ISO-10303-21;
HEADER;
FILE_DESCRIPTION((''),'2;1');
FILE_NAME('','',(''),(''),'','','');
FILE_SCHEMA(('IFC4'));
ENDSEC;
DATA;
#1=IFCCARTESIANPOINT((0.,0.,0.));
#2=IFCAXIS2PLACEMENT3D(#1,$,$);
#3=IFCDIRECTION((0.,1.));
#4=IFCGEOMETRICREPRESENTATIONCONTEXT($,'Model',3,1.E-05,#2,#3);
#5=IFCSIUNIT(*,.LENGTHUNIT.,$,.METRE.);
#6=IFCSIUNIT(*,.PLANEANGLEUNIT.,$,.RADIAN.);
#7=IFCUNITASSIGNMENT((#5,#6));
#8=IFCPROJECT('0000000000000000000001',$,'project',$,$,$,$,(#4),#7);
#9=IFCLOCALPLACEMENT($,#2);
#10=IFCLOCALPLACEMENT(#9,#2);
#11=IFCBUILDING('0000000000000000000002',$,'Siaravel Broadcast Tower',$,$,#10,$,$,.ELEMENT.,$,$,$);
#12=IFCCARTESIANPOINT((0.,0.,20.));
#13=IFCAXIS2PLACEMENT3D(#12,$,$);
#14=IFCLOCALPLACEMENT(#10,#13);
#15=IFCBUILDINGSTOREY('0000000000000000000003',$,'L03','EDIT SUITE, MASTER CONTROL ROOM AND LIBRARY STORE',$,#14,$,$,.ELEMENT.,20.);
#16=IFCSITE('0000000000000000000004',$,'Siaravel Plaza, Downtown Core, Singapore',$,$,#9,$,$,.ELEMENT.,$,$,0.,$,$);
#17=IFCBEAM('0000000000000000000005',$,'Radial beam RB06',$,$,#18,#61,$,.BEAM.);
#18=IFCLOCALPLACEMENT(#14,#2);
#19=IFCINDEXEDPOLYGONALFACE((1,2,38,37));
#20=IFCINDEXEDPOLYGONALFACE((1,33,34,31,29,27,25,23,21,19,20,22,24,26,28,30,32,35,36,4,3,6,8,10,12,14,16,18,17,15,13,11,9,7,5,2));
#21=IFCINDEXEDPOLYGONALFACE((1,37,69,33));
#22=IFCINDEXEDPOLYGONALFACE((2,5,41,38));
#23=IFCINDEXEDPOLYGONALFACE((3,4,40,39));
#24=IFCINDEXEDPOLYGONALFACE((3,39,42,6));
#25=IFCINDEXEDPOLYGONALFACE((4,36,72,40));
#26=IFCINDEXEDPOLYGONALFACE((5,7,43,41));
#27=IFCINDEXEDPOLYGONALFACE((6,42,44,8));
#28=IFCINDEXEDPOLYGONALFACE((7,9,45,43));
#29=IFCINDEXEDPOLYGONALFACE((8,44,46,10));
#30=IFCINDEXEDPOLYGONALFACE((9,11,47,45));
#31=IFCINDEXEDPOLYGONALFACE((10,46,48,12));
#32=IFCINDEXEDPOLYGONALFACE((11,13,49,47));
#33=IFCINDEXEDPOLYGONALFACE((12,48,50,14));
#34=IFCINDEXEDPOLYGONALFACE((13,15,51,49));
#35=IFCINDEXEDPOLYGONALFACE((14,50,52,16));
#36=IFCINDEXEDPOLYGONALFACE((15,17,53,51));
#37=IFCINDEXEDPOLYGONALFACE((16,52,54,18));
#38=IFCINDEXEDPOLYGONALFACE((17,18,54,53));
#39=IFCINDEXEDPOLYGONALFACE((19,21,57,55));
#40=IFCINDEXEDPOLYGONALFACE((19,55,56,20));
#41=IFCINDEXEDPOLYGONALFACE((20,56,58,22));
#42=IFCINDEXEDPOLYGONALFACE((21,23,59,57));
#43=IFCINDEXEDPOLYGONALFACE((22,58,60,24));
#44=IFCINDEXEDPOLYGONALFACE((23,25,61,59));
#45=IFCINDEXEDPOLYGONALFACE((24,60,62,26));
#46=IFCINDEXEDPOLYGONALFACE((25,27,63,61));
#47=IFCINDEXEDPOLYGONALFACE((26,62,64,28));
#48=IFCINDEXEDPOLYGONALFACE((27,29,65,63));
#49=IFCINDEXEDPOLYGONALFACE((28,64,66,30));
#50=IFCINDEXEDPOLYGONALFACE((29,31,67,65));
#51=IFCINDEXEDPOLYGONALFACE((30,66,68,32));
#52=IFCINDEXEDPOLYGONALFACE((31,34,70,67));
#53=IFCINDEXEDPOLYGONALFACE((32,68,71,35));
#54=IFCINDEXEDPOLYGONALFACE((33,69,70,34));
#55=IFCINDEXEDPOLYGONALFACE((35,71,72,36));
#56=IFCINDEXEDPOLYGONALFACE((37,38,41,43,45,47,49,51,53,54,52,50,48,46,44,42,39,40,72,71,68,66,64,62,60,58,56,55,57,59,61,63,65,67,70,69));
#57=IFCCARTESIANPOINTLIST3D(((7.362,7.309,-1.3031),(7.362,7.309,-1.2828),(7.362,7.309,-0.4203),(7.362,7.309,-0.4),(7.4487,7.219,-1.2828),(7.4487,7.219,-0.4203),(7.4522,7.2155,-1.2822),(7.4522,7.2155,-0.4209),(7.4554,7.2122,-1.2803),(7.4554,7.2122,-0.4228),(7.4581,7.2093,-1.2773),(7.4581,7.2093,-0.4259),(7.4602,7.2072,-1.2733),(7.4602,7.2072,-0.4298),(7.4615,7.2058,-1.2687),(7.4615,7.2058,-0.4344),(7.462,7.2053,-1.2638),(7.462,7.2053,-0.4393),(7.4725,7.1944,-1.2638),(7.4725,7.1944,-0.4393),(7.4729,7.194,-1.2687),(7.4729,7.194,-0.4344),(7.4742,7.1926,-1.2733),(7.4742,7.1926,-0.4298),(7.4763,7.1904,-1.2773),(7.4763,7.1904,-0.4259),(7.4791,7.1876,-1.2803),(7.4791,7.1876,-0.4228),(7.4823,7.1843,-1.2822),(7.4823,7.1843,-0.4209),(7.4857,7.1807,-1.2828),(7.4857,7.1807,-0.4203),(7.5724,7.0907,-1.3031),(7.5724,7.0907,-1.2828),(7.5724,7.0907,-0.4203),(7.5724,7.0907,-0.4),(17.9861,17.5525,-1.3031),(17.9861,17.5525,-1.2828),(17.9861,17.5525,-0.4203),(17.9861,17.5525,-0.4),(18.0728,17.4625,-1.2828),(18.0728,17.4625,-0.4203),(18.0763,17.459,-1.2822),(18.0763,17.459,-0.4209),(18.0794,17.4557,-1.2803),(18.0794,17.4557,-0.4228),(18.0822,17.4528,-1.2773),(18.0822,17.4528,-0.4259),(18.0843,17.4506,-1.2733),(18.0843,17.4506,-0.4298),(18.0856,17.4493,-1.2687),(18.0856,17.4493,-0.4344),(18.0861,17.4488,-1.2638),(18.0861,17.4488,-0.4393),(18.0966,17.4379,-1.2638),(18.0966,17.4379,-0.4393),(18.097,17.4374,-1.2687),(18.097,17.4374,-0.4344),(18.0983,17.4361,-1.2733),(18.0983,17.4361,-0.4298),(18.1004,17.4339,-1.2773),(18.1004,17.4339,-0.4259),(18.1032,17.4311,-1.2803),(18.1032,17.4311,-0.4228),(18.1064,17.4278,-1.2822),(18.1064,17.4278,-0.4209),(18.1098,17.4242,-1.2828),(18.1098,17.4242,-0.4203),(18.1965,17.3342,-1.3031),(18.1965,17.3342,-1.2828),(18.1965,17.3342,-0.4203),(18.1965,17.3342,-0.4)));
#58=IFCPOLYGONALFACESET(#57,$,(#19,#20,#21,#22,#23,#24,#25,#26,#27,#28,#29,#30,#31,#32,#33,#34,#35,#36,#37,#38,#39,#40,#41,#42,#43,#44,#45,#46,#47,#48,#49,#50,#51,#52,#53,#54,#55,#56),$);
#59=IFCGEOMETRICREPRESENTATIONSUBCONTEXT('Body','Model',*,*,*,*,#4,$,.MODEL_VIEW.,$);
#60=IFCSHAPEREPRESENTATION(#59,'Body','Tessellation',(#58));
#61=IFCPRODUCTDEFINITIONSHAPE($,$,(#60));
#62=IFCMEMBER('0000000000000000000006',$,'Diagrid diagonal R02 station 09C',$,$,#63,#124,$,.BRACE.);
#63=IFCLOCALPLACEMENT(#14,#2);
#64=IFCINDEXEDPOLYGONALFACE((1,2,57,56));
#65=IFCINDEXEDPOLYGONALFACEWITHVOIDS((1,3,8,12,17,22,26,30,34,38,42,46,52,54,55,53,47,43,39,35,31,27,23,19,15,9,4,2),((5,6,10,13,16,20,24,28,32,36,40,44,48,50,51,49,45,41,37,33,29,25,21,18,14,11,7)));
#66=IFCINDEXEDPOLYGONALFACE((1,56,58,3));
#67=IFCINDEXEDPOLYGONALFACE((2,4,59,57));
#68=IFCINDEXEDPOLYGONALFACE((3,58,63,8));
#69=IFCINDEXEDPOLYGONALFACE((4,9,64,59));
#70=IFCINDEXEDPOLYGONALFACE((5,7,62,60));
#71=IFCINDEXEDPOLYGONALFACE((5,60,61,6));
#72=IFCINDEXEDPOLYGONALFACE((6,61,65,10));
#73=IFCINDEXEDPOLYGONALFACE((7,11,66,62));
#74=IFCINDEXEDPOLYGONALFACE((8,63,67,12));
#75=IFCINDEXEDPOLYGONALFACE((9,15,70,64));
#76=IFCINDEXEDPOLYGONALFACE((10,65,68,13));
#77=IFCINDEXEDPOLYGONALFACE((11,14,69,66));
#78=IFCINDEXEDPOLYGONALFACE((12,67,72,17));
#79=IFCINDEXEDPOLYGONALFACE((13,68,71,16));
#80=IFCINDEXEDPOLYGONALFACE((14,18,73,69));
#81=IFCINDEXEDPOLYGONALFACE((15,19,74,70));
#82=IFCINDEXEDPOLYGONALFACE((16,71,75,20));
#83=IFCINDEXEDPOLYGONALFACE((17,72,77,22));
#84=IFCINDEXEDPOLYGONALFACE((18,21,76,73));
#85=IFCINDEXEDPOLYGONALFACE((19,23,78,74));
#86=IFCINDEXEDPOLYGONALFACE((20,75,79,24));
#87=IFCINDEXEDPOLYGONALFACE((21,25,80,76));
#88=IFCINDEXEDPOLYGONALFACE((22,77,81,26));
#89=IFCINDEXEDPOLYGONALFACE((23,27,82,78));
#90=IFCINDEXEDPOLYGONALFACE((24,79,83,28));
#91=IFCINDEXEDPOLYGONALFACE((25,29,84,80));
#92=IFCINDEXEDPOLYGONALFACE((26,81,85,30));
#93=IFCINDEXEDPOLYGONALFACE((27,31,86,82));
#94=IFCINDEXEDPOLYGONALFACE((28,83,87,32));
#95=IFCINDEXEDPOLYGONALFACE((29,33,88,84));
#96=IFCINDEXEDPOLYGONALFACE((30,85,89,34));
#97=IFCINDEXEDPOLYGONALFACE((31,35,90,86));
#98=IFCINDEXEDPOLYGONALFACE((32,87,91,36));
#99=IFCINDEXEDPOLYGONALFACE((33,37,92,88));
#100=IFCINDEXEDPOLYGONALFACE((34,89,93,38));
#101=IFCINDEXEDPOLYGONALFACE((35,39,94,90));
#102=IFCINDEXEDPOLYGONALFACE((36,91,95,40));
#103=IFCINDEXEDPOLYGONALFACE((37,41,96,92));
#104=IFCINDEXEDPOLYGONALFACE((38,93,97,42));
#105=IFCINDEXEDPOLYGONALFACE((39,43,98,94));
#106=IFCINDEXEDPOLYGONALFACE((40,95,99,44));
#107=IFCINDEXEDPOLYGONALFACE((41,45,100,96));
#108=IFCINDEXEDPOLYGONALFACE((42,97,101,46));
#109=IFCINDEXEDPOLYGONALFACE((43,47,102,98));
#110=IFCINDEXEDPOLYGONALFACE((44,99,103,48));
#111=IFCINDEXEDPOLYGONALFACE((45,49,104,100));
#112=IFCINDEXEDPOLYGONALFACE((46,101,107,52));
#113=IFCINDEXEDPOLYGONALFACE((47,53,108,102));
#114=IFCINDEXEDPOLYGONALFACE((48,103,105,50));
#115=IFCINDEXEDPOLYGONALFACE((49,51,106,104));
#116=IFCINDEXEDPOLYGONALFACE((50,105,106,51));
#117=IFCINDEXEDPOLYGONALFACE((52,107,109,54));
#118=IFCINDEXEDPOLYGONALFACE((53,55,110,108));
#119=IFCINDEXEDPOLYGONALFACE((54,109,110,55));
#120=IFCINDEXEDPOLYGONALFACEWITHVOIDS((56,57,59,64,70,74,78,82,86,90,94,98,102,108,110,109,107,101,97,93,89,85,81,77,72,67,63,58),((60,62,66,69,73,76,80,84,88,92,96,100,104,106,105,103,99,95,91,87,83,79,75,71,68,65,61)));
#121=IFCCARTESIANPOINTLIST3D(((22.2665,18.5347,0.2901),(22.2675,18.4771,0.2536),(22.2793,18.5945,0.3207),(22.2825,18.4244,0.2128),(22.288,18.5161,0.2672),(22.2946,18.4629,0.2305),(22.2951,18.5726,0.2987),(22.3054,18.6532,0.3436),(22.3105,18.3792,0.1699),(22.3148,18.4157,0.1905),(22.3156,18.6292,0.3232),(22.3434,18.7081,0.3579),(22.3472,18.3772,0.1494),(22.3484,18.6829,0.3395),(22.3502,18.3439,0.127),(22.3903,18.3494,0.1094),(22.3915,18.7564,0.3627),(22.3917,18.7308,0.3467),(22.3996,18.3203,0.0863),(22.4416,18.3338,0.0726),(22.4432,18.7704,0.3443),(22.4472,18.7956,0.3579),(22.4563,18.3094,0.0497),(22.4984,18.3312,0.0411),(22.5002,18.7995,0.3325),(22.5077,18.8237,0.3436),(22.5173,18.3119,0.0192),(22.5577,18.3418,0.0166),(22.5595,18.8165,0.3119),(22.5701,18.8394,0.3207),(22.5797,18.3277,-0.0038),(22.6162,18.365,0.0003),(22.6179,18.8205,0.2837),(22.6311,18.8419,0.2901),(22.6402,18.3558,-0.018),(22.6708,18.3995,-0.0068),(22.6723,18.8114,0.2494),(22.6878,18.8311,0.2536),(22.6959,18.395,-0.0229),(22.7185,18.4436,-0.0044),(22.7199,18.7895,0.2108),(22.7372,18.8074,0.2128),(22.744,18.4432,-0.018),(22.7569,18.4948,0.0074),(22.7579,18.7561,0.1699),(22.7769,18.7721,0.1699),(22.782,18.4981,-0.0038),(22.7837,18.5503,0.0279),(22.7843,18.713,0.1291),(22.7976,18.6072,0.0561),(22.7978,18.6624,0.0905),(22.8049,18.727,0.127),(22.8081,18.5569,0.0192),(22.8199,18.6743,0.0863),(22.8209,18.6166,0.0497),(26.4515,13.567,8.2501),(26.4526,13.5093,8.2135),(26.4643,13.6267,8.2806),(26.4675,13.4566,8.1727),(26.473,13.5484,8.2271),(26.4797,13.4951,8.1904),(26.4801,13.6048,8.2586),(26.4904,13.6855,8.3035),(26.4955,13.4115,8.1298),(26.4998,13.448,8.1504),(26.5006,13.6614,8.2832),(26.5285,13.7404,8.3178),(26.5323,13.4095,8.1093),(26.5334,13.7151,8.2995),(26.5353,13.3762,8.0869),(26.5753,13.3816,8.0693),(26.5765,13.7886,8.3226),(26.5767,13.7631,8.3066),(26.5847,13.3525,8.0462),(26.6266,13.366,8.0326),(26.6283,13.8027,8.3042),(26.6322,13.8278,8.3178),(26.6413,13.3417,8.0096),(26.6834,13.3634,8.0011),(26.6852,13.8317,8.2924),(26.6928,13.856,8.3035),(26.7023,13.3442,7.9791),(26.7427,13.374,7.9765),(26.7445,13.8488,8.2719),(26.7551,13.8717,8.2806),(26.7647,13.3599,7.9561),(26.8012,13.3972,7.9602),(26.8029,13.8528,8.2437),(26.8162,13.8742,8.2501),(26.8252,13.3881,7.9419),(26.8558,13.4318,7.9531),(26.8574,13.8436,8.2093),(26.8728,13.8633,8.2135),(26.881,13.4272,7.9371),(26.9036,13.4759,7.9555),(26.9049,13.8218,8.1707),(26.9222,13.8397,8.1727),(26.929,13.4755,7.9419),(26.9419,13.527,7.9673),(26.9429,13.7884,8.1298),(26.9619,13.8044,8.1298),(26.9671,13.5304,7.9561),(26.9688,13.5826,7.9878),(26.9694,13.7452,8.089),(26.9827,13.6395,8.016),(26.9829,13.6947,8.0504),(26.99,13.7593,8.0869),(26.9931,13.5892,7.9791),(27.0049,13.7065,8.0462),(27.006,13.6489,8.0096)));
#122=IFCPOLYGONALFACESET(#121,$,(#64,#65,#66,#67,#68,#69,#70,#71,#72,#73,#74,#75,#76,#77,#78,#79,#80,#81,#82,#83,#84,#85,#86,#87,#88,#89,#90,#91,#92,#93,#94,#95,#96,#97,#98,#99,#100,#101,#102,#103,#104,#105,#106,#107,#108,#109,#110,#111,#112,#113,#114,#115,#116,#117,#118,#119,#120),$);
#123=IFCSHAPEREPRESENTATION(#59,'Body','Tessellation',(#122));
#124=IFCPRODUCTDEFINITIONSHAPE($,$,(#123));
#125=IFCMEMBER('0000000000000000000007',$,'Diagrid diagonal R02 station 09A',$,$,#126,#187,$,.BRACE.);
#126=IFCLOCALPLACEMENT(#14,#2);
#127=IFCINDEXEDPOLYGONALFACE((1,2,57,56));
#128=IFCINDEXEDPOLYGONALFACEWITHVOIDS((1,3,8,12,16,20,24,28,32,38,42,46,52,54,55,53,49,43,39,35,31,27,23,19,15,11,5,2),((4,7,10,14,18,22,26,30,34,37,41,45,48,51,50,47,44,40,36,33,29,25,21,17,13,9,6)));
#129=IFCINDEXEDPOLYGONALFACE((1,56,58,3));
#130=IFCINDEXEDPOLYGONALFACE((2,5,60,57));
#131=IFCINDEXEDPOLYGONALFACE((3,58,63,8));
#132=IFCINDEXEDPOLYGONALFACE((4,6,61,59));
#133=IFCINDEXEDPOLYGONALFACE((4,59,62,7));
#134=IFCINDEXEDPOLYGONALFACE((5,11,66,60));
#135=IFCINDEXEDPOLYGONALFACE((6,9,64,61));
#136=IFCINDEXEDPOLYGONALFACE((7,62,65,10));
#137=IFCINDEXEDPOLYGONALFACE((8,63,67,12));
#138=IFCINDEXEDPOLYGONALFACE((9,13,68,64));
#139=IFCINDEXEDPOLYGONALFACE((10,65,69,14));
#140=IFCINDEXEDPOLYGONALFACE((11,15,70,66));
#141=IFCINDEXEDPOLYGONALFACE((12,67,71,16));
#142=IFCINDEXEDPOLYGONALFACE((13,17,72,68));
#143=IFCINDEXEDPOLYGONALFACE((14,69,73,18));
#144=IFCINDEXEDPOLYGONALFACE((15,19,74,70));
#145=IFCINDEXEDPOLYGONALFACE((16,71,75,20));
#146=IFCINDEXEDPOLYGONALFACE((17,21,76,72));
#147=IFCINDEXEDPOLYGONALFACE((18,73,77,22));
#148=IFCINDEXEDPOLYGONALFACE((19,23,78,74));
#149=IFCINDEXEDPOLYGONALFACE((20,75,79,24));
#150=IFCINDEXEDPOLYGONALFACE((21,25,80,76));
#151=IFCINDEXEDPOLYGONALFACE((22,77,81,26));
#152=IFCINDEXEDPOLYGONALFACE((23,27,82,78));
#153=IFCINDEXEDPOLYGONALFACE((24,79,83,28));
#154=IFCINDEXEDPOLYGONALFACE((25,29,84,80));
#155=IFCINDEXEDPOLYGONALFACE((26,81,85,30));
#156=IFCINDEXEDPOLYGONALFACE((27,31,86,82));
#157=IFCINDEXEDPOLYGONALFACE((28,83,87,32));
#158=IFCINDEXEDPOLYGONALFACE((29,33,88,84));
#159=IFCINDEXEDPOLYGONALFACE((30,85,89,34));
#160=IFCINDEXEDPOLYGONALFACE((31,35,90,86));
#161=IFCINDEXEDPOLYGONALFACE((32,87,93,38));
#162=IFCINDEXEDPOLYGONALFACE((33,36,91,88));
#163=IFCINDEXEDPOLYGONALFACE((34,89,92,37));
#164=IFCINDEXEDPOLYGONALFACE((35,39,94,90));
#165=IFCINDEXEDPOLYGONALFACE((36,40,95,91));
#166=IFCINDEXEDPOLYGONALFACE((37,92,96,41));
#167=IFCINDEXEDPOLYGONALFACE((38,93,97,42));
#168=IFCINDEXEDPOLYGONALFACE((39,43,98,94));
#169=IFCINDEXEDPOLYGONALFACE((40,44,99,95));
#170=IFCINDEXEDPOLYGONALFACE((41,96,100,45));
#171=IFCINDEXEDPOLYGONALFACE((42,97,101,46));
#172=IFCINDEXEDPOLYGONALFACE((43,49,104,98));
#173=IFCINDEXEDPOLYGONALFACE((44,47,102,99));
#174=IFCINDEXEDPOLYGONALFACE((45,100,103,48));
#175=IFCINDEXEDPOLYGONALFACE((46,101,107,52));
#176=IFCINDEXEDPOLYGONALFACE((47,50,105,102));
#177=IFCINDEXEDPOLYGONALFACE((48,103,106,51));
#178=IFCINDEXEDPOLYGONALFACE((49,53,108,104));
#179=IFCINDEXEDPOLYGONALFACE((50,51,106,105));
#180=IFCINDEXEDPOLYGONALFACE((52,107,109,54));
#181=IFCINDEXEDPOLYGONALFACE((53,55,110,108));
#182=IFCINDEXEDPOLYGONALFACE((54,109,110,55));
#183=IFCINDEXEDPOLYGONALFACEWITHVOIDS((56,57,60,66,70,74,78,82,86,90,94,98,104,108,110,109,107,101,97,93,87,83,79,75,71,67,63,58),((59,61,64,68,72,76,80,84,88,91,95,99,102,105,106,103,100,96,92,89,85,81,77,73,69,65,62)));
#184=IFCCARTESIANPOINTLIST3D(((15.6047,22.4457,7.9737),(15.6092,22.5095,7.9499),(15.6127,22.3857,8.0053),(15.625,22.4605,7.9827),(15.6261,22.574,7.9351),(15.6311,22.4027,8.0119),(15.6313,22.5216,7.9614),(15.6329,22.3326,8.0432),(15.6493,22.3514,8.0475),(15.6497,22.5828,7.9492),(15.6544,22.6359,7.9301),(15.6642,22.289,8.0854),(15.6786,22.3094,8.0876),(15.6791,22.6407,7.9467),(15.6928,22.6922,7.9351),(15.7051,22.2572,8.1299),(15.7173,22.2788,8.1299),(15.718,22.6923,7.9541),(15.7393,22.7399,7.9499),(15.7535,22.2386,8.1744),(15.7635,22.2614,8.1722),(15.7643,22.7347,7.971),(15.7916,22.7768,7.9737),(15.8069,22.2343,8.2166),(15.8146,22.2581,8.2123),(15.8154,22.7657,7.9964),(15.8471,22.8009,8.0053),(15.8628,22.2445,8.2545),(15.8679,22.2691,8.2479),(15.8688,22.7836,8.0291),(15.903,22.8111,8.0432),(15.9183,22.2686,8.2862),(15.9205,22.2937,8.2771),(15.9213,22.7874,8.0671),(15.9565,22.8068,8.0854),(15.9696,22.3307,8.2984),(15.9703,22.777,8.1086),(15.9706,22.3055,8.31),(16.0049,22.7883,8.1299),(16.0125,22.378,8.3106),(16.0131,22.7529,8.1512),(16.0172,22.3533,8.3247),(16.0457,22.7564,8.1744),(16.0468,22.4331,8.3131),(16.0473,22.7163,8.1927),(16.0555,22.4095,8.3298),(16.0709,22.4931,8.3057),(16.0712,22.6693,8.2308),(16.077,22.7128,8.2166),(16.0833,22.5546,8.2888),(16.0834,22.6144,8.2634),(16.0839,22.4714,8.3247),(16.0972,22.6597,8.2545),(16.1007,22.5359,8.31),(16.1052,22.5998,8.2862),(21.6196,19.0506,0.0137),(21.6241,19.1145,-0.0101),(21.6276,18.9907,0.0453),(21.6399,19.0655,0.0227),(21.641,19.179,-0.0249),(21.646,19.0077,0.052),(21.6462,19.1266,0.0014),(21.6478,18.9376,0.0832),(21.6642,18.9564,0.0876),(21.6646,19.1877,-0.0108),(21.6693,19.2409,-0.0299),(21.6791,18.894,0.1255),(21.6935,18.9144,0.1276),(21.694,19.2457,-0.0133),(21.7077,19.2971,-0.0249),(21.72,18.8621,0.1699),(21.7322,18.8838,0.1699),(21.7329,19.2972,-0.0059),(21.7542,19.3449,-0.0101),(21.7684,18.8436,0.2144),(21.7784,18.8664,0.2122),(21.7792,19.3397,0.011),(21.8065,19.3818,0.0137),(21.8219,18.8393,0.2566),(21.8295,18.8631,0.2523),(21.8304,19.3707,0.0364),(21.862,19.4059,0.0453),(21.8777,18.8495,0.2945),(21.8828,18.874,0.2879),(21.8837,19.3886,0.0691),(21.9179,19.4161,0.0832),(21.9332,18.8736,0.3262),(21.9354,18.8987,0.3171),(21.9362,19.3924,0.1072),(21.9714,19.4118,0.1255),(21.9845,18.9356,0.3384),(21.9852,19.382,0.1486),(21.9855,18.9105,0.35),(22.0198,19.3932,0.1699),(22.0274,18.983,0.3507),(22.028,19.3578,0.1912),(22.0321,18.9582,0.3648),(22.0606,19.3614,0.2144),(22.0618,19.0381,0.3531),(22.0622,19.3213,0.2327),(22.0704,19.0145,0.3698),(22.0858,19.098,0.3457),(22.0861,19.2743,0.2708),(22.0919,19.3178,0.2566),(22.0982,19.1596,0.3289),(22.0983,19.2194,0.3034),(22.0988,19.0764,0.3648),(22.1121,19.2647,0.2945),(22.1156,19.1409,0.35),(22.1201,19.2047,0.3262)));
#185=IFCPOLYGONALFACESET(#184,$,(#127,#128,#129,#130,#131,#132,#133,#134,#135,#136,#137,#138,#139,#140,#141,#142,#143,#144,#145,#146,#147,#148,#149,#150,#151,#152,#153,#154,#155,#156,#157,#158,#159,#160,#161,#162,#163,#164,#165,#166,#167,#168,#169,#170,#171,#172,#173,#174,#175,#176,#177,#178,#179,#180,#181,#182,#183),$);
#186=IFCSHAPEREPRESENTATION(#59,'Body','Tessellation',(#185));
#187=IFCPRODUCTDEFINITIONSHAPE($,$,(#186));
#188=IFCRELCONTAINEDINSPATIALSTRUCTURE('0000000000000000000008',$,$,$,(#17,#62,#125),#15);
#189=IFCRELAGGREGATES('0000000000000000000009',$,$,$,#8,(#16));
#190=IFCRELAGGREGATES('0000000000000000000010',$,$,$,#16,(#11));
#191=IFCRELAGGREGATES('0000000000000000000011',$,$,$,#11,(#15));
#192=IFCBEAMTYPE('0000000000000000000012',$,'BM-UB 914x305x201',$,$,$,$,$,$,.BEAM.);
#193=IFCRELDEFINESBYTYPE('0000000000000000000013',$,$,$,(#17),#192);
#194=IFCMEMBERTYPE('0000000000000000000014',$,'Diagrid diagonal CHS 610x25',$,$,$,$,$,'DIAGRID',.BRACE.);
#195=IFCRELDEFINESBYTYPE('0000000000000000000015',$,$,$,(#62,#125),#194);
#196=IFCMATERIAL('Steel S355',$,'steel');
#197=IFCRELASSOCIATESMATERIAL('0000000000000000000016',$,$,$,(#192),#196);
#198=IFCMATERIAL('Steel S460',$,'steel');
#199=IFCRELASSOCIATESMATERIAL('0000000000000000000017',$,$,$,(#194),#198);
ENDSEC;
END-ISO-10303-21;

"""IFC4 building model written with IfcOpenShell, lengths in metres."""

from ifc_helpers import new_model, si_unit, direction, frame, origin, origin_2d, place, context, subcontext, project, spatial, hollow_circle, i_section, extrude, material, material_profile, profile_set, type_object, element, save


model = new_model("IFC4")

# Units and contexts
model_context = context("Model", 3, precision=1e-05, world=origin(), true_north=direction((0.0, 1.0)))
body_context = subcontext(model_context, "Body", "Model", "MODEL_VIEW")
ifc_project = project(units=[si_unit("LENGTHUNIT", "METRE"), si_unit("PLANEANGLEUNIT", "RADIAN")], contexts=[model_context])

# Site, building, storey
site_placement = place(None, origin())
site = spatial("IfcSite", under=ifc_project, at=site_placement, Name="Siaravel Plaza, Downtown Core, Singapore", CompositionType="ELEMENT", RefElevation=0.0)
building_placement = place(site_placement, origin())
building = spatial("IfcBuilding", under=site, at=building_placement, Name="Siaravel Broadcast Tower", CompositionType="ELEMENT")
storey_placement = place(building_placement, frame((0.0, 0.0, 20.0)))
storey = spatial("IfcBuildingStorey", under=building, at=storey_placement, Name="L03", Description="EDIT SUITE, MASTER CONTROL ROOM AND LIBRARY STORE", CompositionType="ELEMENT", Elevation=20.0)

# Beam
ifc_material_1 = material(Name="Steel S355", Category="steel")
ifc_material_profile_1 = material_profile(ifc_material_1, i_section(OverallWidth=0.3032, OverallDepth=0.9031, WebThickness=0.0151, FlangeThickness=0.0203, FilletRadius=0.019, at=origin_2d()))
ifc_profile_set_1 = profile_set([ifc_material_profile_1], Name="Steel S355")
beam_type = type_object("IfcBeamType", Name="BM-UB 914x305x201", PredefinedType="BEAM", material=ifc_profile_set_1)
beam_1_placement = place(storey_placement, frame((18.0913, 17.4434, -0.8516), z_axis=(-0.719884, -0.694094, 0.0), x_axis=(0.694094, -0.719884, 0.0)))
element("IfcBeam", 1, at=beam_1_placement, inside=storey, type_object=beam_type, Name="Radial beam RB06", PredefinedType="BEAM", context=body_context, shape_type="SweptSolid", body=[
    extrude(i_section(OverallWidth=0.3032, OverallDepth=0.9031, WebThickness=0.0151, FlangeThickness=0.0203, FilletRadius=0.019, at=origin_2d()), origin(), (0.0, 0.0, 1.0), 14.7581),
])

# Members
ifc_material_2 = material(Name="Steel S460", Category="steel")
ifc_material_profile_2 = material_profile(ifc_material_2, hollow_circle(Radius=0.3049, WallThickness=0.0249, at=origin_2d()))
ifc_profile_set_2 = profile_set([ifc_material_profile_2], Name="Steel S460")
member_type_1 = type_object("IfcMemberType", Name="Diagrid diagonal CHS 610x25", ElementType="DIAGRID", PredefinedType="BRACE", material=ifc_profile_set_2)
member_1_placement = place(storey_placement, frame((22.5437, 18.5757, 0.1699), z_axis=(0.407346, -0.48353, 0.77477), x_axis=(0.764784, 0.644286, 0.0)))
element("IfcMember", 2, at=member_1_placement, inside=storey, type_object=member_type_1, Name="Diagrid diagonal R02 station 09C", PredefinedType="BRACE", context=body_context, shape_type="SweptSolid", body=[
    extrude(hollow_circle(Radius=0.3049, WallThickness=0.0249, at=origin_2d()), origin(), (0.0, 0.0, 1.0), 10.2739),
])
member_2_placement = place(storey_placement, frame((21.8699, 19.1277, 0.1699), z_axis=(-0.570739, 0.322145, 0.755301), x_axis=(-0.491541, -0.870854, 0.0)))
element("IfcMember", 3, at=member_2_placement, inside=storey, type_object=member_type_1, Name="Diagrid diagonal R02 station 09A", PredefinedType="BRACE", context=body_context, shape_type="SweptSolid", body=[
    extrude(hollow_circle(Radius=0.3049, WallThickness=0.0249, at=origin_2d()), origin(), (0.0, 0.0, 1.0), 10.5388),
])

save(model, "model.ifc")
